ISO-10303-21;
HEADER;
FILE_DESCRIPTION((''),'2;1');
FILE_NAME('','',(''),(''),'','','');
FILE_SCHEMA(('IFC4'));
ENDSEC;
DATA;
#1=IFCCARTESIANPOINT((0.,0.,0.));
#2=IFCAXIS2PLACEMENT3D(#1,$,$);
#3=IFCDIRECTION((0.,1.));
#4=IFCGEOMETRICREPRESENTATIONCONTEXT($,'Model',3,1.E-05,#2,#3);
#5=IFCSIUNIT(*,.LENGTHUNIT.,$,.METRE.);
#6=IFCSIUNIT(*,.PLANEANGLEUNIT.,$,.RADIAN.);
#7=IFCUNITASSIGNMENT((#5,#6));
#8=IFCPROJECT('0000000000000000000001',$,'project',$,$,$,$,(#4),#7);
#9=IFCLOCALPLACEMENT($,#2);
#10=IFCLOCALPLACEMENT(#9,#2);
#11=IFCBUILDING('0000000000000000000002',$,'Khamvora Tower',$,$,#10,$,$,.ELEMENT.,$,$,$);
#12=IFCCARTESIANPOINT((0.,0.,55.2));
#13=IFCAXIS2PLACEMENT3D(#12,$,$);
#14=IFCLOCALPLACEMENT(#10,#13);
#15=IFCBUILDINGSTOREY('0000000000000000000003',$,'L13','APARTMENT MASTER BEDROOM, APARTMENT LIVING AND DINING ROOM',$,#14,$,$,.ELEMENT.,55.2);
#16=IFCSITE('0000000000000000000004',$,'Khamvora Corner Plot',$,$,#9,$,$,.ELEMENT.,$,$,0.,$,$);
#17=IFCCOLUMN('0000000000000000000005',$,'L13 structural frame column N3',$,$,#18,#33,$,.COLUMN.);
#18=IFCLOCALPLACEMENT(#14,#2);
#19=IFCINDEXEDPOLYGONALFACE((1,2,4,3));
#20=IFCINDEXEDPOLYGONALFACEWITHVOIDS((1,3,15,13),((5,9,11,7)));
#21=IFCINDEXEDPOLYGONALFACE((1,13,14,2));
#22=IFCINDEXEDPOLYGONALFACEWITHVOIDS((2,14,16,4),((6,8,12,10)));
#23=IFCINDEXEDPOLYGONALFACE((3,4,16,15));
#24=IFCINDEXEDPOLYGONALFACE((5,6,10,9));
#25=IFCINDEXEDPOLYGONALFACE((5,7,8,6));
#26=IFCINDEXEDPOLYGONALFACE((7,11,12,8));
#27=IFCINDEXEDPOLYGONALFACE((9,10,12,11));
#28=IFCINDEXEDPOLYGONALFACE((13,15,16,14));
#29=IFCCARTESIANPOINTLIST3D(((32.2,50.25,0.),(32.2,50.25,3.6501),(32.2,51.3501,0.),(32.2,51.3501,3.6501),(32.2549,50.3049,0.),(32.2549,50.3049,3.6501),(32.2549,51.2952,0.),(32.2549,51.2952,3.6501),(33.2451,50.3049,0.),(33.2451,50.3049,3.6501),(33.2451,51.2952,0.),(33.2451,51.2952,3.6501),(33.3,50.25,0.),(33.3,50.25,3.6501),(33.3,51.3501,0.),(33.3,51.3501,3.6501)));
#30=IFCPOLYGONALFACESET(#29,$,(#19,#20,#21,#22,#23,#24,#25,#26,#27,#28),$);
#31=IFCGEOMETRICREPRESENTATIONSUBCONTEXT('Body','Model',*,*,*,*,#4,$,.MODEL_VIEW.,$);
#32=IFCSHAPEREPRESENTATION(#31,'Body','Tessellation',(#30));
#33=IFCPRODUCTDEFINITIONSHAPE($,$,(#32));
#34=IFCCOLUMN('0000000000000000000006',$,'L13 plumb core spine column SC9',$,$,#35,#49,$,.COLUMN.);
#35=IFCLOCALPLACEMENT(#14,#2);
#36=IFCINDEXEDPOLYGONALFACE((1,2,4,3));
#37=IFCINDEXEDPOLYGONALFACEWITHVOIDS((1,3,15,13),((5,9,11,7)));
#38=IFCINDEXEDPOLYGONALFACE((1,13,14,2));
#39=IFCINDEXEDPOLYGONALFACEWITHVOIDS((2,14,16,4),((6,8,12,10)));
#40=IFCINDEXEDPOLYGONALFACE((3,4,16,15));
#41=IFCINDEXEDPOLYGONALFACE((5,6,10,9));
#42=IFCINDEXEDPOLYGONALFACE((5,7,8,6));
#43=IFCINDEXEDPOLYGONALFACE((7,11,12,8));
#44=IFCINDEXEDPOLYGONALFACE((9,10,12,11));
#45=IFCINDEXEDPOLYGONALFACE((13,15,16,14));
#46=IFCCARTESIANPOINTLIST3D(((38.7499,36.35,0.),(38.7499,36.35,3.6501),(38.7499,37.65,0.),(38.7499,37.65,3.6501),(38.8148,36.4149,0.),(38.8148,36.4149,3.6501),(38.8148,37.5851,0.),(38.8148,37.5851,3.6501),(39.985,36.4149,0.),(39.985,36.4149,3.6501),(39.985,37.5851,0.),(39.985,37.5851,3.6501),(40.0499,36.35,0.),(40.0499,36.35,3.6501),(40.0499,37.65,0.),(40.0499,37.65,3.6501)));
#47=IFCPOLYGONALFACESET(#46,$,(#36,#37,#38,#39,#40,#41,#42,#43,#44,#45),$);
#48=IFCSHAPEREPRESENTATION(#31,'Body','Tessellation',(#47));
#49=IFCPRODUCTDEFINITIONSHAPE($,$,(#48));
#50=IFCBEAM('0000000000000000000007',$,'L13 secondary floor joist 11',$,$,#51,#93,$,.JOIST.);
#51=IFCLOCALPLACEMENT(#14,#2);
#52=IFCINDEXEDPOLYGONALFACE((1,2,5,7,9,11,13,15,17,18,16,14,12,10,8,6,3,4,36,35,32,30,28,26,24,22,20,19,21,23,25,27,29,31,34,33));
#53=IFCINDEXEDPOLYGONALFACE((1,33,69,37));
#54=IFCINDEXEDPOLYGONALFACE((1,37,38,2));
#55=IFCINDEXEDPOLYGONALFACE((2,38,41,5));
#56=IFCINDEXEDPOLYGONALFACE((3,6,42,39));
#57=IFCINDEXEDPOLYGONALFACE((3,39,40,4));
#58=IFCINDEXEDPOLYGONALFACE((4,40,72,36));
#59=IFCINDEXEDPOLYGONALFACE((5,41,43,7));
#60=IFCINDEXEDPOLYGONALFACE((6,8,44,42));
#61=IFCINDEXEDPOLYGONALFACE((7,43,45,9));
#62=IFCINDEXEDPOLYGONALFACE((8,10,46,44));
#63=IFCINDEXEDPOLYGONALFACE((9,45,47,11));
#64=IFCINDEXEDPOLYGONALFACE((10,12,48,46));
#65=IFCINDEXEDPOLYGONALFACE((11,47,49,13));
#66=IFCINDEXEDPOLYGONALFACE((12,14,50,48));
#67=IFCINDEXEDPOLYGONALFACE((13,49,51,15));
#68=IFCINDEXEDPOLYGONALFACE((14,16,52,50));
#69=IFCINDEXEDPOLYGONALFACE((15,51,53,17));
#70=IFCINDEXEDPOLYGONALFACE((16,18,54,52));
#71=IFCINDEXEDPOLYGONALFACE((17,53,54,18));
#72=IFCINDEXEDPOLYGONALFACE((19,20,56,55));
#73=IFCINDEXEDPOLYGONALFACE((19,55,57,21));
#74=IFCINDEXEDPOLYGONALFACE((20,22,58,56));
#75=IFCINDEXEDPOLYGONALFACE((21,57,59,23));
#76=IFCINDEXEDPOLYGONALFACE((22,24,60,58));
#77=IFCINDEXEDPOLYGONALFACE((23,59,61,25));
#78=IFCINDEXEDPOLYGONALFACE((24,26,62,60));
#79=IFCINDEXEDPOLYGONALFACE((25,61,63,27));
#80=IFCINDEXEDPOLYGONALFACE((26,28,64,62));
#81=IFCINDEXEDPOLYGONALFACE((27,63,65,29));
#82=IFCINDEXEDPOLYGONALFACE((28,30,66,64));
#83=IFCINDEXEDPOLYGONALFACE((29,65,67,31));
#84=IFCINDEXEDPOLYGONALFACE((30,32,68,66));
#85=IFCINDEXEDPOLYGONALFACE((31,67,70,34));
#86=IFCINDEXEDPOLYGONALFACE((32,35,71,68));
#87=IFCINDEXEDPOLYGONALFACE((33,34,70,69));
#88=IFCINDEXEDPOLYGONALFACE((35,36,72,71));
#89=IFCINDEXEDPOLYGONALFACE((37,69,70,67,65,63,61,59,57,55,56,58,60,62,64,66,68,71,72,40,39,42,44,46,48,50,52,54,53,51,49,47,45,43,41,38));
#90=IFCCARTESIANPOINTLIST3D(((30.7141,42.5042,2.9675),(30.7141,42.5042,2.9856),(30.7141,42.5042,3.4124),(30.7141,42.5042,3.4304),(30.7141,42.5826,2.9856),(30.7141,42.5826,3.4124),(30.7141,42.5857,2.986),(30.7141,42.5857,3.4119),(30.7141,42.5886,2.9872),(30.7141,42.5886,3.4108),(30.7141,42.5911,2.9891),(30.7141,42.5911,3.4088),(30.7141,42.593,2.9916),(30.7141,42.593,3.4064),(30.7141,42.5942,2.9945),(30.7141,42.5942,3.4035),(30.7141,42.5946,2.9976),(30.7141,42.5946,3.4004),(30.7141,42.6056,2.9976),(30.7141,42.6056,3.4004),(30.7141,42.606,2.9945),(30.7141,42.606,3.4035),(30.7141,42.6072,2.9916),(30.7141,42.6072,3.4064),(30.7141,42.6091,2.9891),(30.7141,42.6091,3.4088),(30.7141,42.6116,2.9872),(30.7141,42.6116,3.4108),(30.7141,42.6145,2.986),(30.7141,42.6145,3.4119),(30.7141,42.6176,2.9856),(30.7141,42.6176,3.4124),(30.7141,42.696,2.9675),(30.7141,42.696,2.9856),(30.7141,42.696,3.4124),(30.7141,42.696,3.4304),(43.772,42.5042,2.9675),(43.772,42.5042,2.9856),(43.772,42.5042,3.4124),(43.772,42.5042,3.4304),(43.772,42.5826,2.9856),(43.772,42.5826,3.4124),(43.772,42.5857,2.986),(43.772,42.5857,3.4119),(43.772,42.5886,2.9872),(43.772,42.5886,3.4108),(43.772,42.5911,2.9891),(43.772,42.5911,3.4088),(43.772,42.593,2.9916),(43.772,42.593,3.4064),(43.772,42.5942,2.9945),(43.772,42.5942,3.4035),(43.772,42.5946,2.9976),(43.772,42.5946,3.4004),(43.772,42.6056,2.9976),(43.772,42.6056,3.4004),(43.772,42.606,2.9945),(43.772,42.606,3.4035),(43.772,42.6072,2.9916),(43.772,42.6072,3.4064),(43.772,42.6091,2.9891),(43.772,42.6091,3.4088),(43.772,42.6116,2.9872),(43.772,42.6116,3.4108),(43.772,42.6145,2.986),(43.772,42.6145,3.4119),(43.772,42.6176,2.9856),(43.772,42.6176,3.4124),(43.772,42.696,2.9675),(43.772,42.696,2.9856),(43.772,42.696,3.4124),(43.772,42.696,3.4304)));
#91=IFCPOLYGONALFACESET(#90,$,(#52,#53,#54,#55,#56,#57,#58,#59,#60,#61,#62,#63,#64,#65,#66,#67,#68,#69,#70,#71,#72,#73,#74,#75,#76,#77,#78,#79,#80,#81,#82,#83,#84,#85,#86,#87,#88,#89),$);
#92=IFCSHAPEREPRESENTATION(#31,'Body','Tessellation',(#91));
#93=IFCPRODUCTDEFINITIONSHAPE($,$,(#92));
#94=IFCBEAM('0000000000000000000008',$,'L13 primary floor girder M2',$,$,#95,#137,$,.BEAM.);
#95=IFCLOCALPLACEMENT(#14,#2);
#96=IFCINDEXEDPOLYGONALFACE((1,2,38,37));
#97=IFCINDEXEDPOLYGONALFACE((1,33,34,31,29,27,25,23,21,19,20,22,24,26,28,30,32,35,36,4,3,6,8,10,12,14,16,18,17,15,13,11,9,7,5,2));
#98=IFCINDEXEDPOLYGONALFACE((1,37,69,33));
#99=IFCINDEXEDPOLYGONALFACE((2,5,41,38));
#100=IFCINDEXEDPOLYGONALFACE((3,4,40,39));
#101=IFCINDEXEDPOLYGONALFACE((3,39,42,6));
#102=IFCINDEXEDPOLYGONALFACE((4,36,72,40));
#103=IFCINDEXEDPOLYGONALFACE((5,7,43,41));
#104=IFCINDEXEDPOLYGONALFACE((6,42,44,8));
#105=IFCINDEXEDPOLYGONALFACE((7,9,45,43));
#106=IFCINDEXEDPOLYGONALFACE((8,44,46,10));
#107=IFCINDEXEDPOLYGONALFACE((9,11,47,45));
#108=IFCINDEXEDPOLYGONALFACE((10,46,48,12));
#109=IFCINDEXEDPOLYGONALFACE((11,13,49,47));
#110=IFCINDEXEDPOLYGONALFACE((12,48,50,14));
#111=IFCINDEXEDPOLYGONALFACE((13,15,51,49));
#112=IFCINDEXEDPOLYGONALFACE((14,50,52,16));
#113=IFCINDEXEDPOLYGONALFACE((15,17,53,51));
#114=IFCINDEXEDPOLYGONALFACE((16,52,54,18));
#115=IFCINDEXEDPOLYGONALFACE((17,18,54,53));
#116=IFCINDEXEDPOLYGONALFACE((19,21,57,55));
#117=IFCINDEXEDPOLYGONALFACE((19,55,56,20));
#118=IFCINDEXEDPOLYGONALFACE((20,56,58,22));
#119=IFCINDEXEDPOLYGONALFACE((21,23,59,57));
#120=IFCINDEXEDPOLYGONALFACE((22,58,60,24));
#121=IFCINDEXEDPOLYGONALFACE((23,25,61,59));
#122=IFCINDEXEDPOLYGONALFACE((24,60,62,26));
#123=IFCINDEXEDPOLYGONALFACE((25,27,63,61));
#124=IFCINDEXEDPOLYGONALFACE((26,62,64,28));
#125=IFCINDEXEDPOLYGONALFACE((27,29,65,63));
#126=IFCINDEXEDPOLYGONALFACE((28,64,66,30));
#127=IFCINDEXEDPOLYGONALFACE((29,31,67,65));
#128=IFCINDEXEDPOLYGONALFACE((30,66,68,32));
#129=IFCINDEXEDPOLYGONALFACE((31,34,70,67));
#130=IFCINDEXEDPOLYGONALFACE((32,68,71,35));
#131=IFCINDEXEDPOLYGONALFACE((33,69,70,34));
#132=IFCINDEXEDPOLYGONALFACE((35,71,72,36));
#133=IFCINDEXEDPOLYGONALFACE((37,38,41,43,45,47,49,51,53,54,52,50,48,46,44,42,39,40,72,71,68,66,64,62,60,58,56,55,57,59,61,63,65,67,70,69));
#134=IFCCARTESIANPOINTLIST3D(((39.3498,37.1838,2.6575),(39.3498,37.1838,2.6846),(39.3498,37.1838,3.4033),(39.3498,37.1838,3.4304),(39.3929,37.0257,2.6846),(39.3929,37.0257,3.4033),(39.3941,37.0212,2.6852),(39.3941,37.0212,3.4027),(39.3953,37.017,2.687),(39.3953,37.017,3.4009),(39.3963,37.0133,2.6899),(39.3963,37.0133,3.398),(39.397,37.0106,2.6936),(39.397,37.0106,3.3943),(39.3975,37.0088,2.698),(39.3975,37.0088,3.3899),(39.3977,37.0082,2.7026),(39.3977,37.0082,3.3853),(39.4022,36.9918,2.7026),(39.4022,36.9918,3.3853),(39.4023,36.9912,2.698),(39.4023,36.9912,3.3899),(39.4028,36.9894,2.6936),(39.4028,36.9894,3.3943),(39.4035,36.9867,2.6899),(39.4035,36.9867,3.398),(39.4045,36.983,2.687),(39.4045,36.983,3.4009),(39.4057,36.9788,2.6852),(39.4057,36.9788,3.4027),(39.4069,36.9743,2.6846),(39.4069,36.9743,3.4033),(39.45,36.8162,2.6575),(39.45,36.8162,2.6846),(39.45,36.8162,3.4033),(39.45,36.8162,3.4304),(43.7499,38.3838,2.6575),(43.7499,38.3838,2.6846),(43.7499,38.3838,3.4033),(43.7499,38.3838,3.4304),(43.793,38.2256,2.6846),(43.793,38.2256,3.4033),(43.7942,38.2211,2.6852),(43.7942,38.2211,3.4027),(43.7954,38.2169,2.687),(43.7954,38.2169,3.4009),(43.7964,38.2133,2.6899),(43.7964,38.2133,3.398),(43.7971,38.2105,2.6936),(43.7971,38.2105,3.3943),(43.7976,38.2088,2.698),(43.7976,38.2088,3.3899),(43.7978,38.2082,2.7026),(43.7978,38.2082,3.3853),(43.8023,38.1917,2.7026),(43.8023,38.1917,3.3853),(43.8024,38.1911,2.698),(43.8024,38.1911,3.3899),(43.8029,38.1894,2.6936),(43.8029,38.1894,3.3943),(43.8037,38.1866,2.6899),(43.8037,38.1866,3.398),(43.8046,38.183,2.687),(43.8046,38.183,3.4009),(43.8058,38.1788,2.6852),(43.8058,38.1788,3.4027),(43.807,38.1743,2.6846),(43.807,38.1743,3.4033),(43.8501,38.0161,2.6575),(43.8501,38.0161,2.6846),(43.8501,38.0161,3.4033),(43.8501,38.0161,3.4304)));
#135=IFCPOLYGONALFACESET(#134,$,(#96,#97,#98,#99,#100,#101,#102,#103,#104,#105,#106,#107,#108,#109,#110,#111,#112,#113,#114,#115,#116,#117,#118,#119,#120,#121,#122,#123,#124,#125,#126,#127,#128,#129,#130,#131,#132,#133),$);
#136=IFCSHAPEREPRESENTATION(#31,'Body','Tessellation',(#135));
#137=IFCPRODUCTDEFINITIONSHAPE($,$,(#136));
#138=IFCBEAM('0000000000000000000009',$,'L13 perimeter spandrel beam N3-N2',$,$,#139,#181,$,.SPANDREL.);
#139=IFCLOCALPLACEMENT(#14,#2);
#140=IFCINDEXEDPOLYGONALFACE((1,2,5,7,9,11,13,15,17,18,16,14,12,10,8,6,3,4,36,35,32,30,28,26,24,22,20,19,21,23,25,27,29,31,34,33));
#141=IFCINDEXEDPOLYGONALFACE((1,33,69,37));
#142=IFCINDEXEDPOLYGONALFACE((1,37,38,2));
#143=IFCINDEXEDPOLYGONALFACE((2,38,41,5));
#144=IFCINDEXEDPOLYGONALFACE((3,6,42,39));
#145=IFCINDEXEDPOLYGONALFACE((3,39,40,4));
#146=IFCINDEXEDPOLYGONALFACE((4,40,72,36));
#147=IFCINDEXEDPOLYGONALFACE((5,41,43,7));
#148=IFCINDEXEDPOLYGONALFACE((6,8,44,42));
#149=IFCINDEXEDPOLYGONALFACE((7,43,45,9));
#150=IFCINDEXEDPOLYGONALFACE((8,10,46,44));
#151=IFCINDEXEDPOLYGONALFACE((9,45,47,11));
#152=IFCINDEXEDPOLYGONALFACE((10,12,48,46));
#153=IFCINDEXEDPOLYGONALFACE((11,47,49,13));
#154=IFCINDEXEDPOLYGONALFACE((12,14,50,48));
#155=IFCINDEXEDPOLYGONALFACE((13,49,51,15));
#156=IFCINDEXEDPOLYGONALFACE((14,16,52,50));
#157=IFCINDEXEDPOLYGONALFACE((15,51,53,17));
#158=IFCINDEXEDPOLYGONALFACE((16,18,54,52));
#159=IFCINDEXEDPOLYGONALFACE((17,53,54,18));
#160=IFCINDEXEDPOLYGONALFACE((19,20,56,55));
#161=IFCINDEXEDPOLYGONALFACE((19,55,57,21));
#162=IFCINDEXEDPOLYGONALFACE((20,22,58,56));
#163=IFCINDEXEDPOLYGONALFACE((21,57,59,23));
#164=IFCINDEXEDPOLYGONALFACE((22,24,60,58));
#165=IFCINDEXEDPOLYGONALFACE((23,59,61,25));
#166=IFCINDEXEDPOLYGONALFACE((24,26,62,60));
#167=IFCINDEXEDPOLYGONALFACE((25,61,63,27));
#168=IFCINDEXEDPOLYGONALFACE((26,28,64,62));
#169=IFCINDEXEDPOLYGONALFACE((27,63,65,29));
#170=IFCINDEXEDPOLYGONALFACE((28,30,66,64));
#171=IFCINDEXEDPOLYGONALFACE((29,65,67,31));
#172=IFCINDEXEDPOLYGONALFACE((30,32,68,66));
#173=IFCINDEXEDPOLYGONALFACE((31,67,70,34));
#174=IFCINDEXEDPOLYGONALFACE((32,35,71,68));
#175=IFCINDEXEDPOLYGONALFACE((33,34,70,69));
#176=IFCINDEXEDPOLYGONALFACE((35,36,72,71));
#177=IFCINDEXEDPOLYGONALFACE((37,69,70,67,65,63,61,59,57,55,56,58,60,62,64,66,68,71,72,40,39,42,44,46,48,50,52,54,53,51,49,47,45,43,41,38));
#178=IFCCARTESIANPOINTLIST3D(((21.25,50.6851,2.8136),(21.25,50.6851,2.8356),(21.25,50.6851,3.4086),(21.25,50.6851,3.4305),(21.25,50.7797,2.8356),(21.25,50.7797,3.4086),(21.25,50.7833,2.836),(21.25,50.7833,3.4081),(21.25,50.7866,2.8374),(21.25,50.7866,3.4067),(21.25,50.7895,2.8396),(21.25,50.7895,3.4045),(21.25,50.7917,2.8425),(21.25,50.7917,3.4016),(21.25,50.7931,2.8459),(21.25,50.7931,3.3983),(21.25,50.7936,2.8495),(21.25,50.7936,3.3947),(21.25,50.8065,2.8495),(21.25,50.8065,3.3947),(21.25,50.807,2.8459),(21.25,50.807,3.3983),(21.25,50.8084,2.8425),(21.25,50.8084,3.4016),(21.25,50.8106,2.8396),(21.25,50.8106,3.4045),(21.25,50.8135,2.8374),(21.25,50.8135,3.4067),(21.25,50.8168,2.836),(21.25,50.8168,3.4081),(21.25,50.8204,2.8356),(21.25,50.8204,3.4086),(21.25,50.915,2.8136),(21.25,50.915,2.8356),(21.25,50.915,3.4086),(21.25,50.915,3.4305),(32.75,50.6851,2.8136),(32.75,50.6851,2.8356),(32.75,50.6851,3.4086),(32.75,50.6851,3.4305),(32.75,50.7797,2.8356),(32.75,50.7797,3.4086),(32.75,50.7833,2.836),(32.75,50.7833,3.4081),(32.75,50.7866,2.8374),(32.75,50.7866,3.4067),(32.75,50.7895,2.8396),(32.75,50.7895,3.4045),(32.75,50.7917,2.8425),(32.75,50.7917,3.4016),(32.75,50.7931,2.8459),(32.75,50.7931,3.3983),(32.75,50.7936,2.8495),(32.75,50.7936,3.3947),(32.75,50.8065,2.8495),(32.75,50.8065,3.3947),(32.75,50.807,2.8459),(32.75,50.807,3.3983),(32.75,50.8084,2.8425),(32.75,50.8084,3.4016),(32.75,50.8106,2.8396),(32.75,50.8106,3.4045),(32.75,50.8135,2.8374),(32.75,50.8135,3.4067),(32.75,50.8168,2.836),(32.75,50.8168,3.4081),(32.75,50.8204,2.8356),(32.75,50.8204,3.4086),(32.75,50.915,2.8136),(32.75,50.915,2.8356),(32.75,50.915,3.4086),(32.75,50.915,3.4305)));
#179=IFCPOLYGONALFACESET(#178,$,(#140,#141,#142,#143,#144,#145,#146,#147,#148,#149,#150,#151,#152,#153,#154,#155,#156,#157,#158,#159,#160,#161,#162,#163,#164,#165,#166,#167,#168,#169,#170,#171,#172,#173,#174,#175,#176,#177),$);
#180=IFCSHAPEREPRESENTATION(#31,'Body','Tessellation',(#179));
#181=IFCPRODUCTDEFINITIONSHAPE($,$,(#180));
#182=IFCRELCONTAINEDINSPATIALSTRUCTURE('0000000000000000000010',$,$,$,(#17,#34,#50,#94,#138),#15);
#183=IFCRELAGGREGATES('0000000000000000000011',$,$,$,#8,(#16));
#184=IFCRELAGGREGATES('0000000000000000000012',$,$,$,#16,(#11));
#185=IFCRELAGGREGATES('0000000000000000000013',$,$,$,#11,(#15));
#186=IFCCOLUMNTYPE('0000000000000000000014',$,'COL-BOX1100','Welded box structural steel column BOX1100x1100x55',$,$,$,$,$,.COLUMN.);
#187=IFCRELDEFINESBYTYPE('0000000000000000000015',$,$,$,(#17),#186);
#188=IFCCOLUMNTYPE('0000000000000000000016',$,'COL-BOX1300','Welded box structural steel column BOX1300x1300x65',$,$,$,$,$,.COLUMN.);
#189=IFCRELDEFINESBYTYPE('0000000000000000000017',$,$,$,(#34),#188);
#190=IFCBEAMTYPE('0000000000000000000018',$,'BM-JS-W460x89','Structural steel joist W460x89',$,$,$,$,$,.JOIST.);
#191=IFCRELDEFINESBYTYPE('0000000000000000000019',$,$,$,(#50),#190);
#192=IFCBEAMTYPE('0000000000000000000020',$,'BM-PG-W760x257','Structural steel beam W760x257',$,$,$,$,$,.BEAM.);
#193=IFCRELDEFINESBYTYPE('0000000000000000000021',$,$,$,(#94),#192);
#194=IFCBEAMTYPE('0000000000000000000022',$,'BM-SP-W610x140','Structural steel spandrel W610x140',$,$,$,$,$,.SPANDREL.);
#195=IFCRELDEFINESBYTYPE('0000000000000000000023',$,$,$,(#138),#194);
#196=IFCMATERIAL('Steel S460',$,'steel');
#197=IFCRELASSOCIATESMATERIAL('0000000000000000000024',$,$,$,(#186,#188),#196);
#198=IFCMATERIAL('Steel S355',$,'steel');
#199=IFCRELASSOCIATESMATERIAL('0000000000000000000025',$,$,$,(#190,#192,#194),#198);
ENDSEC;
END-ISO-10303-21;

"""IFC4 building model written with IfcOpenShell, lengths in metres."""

from ifc_helpers import new_model, si_unit, direction, frame, origin, origin_2d, place, context, subcontext, project, spatial, hollow_rectangle, i_section, extrude, material, material_profile, profile_set, type_object, element, save


model = new_model("IFC4")

# Units and contexts
model_context = context("Model", 3, precision=1e-05, world=origin(), true_north=direction((0.0, 1.0)))
body_context = subcontext(model_context, "Body", "Model", "MODEL_VIEW")
ifc_project = project(units=[si_unit("LENGTHUNIT", "METRE"), si_unit("PLANEANGLEUNIT", "RADIAN")], contexts=[model_context])

# Site, building, storey
site_placement = place(None, origin())
site = spatial("IfcSite", under=ifc_project, at=site_placement, Name="Khamvora Corner Plot", CompositionType="ELEMENT", RefElevation=0.0)
building_placement = place(site_placement, origin())
building = spatial("IfcBuilding", under=site, at=building_placement, Name="Khamvora Tower", CompositionType="ELEMENT")
storey_placement = place(building_placement, frame((0.0, 0.0, 55.2)))
storey = spatial("IfcBuildingStorey", under=building, at=storey_placement, Name="L13", Description="APARTMENT MASTER BEDROOM, APARTMENT LIVING AND DINING ROOM", CompositionType="ELEMENT", Elevation=55.2)

# Columns
ifc_material_1 = material(Name="Steel S460", Category="steel")
ifc_material_profile_1 = material_profile(ifc_material_1, hollow_rectangle(XDim=1.1001, YDim=1.1001, WallThickness=0.0549, at=origin_2d()), Name="BOX1100x1100x55")
ifc_profile_set_1 = profile_set([ifc_material_profile_1], Name="Steel S460")
column_type_1 = type_object("IfcColumnType", Name="COL-BOX1100", Description="Welded box structural steel column BOX1100x1100x55", PredefinedType="COLUMN", material=ifc_profile_set_1)
column_1_placement = place(storey_placement, frame((32.75, 50.8, 0.0), z_axis=(0.0, 0.0, 1.0), x_axis=(1.0, 0.0, 0.0)))
element("IfcColumn", 1, at=column_1_placement, inside=storey, type_object=column_type_1, Name="L13 structural frame column N3", PredefinedType="COLUMN", context=body_context, shape_type="SweptSolid", body=[
    extrude(hollow_rectangle(XDim=1.1001, YDim=1.1001, WallThickness=0.0549, at=origin_2d()), origin(), (0.0, 0.0, 1.0), 3.6501),
])
ifc_material_profile_2 = material_profile(ifc_material_1, hollow_rectangle(XDim=1.3, YDim=1.3, WallThickness=0.0649, at=origin_2d()), Name="BOX1300x1300x65")
ifc_profile_set_2 = profile_set([ifc_material_profile_2], Name="Steel S460")
column_type_2 = type_object("IfcColumnType", Name="COL-BOX1300", Description="Welded box structural steel column BOX1300x1300x65", PredefinedType="COLUMN", material=ifc_profile_set_2)
column_2_placement = place(storey_placement, frame((39.3999, 37.0, 0.0), z_axis=(0.0, 0.0, 1.0), x_axis=(1.0, 0.0, 0.0)))
element("IfcColumn", 2, at=column_2_placement, inside=storey, type_object=column_type_2, Name="L13 plumb core spine column SC9", PredefinedType="COLUMN", context=body_context, shape_type="SweptSolid", body=[
    extrude(hollow_rectangle(XDim=1.3, YDim=1.3, WallThickness=0.0649, at=origin_2d()), origin(), (0.0, 0.0, 1.0), 3.6501),
])

# Beams
ifc_material_2 = material(Name="Steel S355", Category="steel")
ifc_material_profile_3 = material_profile(ifc_material_2, i_section(OverallWidth=0.1919, OverallDepth=0.4629, WebThickness=0.011, FlangeThickness=0.0181, FilletRadius=0.012, at=origin_2d()), Name="W460x89")
ifc_profile_set_3 = profile_set([ifc_material_profile_3], Name="Steel S355")
beam_type_1 = type_object("IfcBeamType", Name="BM-JS-W460x89", Description="Structural steel joist W460x89", PredefinedType="JOIST", material=ifc_profile_set_3)
beam_1_placement = place(storey_placement, frame((30.7141, 42.6001, 3.199), z_axis=(1.0, 0.0, 0.0), x_axis=(0.0, 1.0, 0.0)))
element("IfcBeam", 3, at=beam_1_placement, inside=storey, type_object=beam_type_1, Name="L13 secondary floor joist 11", PredefinedType="JOIST", context=body_context, shape_type="SweptSolid", body=[
    extrude(i_section(OverallWidth=0.1919, OverallDepth=0.4629, WebThickness=0.011, FlangeThickness=0.0181, FilletRadius=0.012, at=origin_2d()), origin(), (0.0, 0.0, 1.0), 13.0579),
])
ifc_material_profile_4 = material_profile(ifc_material_2, i_section(OverallWidth=0.3811, OverallDepth=0.7729, WebThickness=0.0171, FlangeThickness=0.0271, FilletRadius=0.0181, at=origin_2d()), Name="W760x257")
ifc_profile_set_4 = profile_set([ifc_material_profile_4], Name="Steel S355")
beam_type_2 = type_object("IfcBeamType", Name="BM-PG-W760x257", Description="Structural steel beam W760x257", PredefinedType="BEAM", material=ifc_profile_set_4)
beam_2_placement = place(storey_placement, frame((39.3999, 37.0, 3.0439), z_axis=(0.964769, 0.263099, 0.0), x_axis=(-0.263099, 0.964769, 0.0)))
element("IfcBeam", 4, at=beam_2_placement, inside=storey, type_object=beam_type_2, Name="L13 primary floor girder M2", PredefinedType="BEAM", context=body_context, shape_type="SweptSolid", body=[
    extrude(i_section(OverallWidth=0.3811, OverallDepth=0.7729, WebThickness=0.0171, FlangeThickness=0.0271, FilletRadius=0.0181, at=origin_2d()), origin(), (0.0, 0.0, 1.0), 4.5608),
])
ifc_material_profile_5 = material_profile(ifc_material_2, i_section(OverallWidth=0.23, OverallDepth=0.6169, WebThickness=0.0129, FlangeThickness=0.022, FilletRadius=0.0139, at=origin_2d()), Name="W610x140")
ifc_profile_set_5 = profile_set([ifc_material_profile_5], Name="Steel S355")
beam_type_3 = type_object("IfcBeamType", Name="BM-SP-W610x140", Description="Structural steel spandrel W610x140", PredefinedType="SPANDREL", material=ifc_profile_set_5)
beam_3_placement = place(storey_placement, frame((32.75, 50.8, 3.1221), z_axis=(-1.0, 0.0, 0.0), x_axis=(0.0, -1.0, 0.0)))
element("IfcBeam", 5, at=beam_3_placement, inside=storey, type_object=beam_type_3, Name="L13 perimeter spandrel beam N3-N2", PredefinedType="SPANDREL", context=body_context, shape_type="SweptSolid", body=[
    extrude(i_section(OverallWidth=0.23, OverallDepth=0.6169, WebThickness=0.0129, FlangeThickness=0.022, FilletRadius=0.0139, at=origin_2d()), origin(), (0.0, 0.0, 1.0), 11.5),
])

save(model, "model.ifc")
